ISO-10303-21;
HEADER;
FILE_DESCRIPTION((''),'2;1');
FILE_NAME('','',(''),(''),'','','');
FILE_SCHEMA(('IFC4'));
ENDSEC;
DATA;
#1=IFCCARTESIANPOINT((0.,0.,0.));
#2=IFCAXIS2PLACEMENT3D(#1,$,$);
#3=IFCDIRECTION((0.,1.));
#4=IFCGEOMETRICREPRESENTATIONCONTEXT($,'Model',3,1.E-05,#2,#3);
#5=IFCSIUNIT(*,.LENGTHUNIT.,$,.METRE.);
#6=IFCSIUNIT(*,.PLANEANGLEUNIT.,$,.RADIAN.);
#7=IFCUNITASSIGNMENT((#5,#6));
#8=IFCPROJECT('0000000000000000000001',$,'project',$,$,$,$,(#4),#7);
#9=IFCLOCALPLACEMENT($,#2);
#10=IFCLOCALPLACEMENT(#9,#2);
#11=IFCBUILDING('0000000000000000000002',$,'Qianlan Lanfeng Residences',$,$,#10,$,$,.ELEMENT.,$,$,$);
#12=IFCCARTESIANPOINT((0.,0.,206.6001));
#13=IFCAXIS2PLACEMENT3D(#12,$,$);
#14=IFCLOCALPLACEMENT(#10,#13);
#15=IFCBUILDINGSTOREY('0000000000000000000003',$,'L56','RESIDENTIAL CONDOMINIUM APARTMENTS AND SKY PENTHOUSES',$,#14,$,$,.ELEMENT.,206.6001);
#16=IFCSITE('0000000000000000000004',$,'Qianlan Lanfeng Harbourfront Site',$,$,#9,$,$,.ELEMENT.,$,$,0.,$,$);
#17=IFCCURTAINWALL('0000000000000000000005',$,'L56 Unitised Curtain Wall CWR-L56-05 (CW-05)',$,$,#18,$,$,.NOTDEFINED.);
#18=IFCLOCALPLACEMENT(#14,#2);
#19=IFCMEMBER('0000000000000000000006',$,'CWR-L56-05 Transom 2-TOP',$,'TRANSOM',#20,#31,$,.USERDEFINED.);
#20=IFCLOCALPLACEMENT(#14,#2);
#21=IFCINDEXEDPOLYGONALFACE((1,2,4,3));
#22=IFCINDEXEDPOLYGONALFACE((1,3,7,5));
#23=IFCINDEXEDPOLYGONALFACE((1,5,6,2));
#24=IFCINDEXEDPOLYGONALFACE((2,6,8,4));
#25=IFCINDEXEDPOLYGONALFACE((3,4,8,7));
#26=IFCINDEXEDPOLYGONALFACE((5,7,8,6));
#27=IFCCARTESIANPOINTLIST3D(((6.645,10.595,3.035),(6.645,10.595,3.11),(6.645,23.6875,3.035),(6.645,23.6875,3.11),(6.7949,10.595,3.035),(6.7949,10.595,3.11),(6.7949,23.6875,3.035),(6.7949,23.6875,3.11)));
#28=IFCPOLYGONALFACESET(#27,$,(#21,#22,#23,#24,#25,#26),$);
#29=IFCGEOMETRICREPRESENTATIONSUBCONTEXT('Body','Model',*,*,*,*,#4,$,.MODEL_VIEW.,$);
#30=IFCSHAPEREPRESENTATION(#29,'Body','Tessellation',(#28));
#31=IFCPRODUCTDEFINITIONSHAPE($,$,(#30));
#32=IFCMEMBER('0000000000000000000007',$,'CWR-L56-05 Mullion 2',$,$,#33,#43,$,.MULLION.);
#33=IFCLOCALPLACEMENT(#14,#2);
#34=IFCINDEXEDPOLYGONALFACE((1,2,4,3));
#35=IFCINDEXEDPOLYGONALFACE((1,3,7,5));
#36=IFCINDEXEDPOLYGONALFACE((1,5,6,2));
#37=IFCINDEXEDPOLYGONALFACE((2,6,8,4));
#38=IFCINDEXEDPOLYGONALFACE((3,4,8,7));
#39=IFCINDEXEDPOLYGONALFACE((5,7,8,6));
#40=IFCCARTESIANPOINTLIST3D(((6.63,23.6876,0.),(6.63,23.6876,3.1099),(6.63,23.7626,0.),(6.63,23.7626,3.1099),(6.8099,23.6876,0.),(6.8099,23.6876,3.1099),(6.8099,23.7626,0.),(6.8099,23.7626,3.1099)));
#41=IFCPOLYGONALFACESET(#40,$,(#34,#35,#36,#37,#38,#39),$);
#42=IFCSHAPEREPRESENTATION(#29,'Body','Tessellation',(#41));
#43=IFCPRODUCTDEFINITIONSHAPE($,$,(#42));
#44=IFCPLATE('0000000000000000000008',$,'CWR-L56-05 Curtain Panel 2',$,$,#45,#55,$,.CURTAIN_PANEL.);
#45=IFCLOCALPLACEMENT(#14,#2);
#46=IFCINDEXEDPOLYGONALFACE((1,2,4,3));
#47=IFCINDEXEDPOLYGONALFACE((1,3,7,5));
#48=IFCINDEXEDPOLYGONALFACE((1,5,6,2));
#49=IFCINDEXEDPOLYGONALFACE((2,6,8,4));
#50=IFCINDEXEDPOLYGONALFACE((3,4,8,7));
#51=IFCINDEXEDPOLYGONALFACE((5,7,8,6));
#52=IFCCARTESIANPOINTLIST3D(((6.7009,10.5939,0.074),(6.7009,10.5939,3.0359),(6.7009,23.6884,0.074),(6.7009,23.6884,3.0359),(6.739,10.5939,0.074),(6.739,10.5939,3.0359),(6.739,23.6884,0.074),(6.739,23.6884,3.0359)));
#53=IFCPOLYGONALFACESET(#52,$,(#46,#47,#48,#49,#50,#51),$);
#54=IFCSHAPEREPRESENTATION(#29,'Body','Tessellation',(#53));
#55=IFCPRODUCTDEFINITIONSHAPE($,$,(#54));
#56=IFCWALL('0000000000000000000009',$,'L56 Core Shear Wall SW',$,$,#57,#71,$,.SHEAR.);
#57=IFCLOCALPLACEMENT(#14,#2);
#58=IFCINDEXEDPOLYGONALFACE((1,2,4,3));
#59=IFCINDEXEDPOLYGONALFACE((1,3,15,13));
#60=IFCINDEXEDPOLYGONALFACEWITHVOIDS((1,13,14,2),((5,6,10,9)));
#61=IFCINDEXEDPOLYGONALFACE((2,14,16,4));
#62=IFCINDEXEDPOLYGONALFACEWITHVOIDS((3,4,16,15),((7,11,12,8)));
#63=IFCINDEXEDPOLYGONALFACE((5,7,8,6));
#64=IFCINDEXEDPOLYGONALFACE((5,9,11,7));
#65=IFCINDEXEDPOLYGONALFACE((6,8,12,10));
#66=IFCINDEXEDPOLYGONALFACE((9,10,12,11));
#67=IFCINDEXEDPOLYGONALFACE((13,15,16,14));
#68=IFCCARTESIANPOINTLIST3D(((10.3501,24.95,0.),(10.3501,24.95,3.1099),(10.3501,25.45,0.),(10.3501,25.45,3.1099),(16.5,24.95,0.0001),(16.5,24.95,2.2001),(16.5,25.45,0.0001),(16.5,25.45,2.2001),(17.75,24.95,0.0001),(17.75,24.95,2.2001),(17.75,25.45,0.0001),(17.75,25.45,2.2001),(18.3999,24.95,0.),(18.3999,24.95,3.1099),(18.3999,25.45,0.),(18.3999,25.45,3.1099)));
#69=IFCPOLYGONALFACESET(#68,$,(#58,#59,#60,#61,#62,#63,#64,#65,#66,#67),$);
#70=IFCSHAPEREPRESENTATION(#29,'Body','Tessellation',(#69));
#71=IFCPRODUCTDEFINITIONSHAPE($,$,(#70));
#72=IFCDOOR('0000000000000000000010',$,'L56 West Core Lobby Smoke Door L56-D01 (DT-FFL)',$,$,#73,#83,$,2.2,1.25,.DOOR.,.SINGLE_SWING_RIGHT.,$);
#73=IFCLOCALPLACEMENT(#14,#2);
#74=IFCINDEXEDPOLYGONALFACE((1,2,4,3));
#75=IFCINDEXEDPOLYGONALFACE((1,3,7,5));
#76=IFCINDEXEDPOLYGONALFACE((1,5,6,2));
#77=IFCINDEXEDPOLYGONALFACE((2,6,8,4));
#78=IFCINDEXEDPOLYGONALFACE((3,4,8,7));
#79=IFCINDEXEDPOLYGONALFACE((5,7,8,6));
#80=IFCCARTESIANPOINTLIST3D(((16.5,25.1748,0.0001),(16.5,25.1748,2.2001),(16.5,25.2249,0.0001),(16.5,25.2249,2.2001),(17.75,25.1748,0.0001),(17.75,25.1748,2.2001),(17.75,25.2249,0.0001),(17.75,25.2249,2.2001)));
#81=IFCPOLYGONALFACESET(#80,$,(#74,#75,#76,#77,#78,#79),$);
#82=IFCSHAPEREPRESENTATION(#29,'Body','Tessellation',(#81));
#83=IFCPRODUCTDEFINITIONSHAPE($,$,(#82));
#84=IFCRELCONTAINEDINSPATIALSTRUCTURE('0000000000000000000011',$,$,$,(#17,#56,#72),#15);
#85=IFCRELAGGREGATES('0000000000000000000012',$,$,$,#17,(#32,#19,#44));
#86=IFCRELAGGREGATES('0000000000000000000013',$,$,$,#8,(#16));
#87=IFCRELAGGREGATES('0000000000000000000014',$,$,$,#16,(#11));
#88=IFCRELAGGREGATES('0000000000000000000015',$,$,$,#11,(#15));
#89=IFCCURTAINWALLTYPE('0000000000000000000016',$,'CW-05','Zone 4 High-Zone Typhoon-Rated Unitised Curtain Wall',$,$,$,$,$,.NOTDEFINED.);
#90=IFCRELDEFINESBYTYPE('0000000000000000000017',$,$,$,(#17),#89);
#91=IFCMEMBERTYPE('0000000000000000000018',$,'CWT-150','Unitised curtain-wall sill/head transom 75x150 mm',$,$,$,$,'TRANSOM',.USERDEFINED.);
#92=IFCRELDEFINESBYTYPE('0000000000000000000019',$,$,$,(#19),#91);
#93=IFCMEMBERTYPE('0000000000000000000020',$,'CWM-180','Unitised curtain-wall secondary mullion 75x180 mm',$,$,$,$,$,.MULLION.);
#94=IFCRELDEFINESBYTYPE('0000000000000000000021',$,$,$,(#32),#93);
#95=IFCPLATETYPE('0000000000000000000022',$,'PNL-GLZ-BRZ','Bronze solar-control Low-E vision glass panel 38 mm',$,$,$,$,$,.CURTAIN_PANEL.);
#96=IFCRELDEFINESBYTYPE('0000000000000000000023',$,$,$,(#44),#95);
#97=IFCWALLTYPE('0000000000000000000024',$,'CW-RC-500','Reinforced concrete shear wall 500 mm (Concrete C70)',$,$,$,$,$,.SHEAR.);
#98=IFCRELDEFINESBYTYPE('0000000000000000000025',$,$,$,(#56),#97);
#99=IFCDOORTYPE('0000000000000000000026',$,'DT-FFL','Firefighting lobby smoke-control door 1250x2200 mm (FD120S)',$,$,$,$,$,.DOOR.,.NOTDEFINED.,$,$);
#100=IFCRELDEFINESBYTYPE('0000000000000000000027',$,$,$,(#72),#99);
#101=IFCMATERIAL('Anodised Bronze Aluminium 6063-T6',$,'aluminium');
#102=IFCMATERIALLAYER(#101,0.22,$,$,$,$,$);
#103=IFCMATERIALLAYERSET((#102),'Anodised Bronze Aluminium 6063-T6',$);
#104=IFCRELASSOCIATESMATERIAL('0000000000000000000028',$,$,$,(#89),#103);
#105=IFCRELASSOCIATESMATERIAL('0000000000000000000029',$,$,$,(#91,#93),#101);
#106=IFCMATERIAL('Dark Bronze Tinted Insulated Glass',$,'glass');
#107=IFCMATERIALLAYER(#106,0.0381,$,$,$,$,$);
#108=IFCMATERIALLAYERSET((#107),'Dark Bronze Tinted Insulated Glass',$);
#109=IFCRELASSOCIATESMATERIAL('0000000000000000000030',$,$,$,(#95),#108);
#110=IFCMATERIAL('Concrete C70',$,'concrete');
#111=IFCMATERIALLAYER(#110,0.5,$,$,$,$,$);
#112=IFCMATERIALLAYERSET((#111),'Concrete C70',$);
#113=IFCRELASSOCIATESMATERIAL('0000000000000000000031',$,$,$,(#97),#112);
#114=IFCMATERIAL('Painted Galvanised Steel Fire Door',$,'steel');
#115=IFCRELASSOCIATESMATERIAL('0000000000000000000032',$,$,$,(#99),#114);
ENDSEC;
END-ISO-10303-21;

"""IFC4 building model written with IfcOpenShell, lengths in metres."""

from ifc_helpers import new_model, si_unit, direction, frame, frame_2d, origin, origin_2d, place, context, subcontext, project, spatial, rectangle, extrude, source, transform, mapped, material, layer, layer_set, material_profile, profile_set, type_object, element, fill, aggregate, save


model = new_model("IFC4")

# Units and contexts
model_context = context("Model", 3, precision=1e-05, world=origin(), true_north=direction((0.0, 1.0)))
body_context = subcontext(model_context, "Body", "Model", "MODEL_VIEW")
ifc_project = project(units=[si_unit("LENGTHUNIT", "METRE"), si_unit("PLANEANGLEUNIT", "RADIAN")], contexts=[model_context])

# Site, building, storey
site_placement = place(None, origin())
site = spatial("IfcSite", under=ifc_project, at=site_placement, Name="Qianlan Lanfeng Harbourfront Site", CompositionType="ELEMENT", RefElevation=0.0)
building_placement = place(site_placement, origin())
building = spatial("IfcBuilding", under=site, at=building_placement, Name="Qianlan Lanfeng Residences", CompositionType="ELEMENT")
storey_placement = place(building_placement, frame((0.0, 0.0, 206.6001)))
storey = spatial("IfcBuildingStorey", under=building, at=storey_placement, Name="L56", Description="RESIDENTIAL CONDOMINIUM APARTMENTS AND SKY PENTHOUSES", CompositionType="ELEMENT", Elevation=206.6001)

# Curtain wall, members, plate
ifc_material_1 = material(Name="Anodised Bronze Aluminium 6063-T6", Category="aluminium")
ifc_layer_1 = layer(ifc_material_1, 0.22)
ifc_layer_set_1 = layer_set([ifc_layer_1], Name="Anodised Bronze Aluminium 6063-T6")
curtain_wall_type = type_object("IfcCurtainWallType", Name="CW-05", Description="Zone 4 High-Zone Typhoon-Rated Unitised Curtain Wall", PredefinedType="NOTDEFINED", material=ifc_layer_set_1)
curtain_wall_placement = place(storey_placement, origin())
curtain_wall = element("IfcCurtainWall", 1, at=curtain_wall_placement, inside=storey, type_object=curtain_wall_type, Name="L56 Unitised Curtain Wall CWR-L56-05 (CW-05)", PredefinedType="NOTDEFINED")
ifc_material_profile_1 = material_profile(ifc_material_1, rectangle(XDim=0.075, YDim=0.1499, at=origin_2d()), Name="ALU TRANSOM 75x150")
ifc_profile_set_1 = profile_set([ifc_material_profile_1], Name="Anodised Bronze Aluminium 6063-T6")
member_type_1 = type_object("IfcMemberType", Name="CWT-150", Description="Unitised curtain-wall sill/head transom 75x150 mm", ElementType="TRANSOM", PredefinedType="USERDEFINED", material=ifc_profile_set_1)
shared_shape_1 = source(origin(), body_context, "Body", "SweptSolid", [
    extrude(rectangle(XDim=0.075, YDim=0.1499, at=origin_2d()), origin(), (0.0, 0.0, 1.0), 13.0925),
])
member_1_placement = place(storey_placement, frame((6.72, 23.6875, 3.0725), z_axis=(0.0, -1.0, 0.0), x_axis=(0.0, 0.0, 1.0)))
member_1 = element("IfcMember", 2, at=member_1_placement, type_object=member_type_1, Name="CWR-L56-05 Transom 2-TOP", ObjectType="TRANSOM", PredefinedType="USERDEFINED", context=body_context, shape_type="MappedRepresentation", body=[
    mapped(shared_shape_1, transform((0.0, 0.0, 0.0), scale=1.0)),
])
ifc_material_profile_2 = material_profile(ifc_material_1, rectangle(XDim=0.075, YDim=0.1799, at=origin_2d()), Name="ALU MULLION 75x180")
ifc_profile_set_2 = profile_set([ifc_material_profile_2], Name="Anodised Bronze Aluminium 6063-T6")
member_type_2 = type_object("IfcMemberType", Name="CWM-180", Description="Unitised curtain-wall secondary mullion 75x180 mm", PredefinedType="MULLION", material=ifc_profile_set_2)
shared_shape_2 = source(origin(), body_context, "Body", "SweptSolid", [
    extrude(rectangle(XDim=0.075, YDim=0.1799, at=origin_2d()), origin(), (0.0, 0.0, 1.0), 3.1099),
])
member_2_placement = place(storey_placement, frame((6.72, 23.7251, 0.0), z_axis=(0.0, 0.0, 1.0), x_axis=(0.0, -1.0, 0.0)))
member_2 = element("IfcMember", 3, at=member_2_placement, type_object=member_type_2, Name="CWR-L56-05 Mullion 2", PredefinedType="MULLION", context=body_context, shape_type="MappedRepresentation", body=[
    mapped(shared_shape_2, transform((0.0, 0.0, 0.0), scale=1.0)),
])
ifc_material_2 = material(Name="Dark Bronze Tinted Insulated Glass", Category="glass")
ifc_layer_2 = layer(ifc_material_2, 0.0381)
ifc_layer_set_2 = layer_set([ifc_layer_2], Name="Dark Bronze Tinted Insulated Glass")
plate_type = type_object("IfcPlateType", Name="PNL-GLZ-BRZ", Description="Bronze solar-control Low-E vision glass panel 38 mm", PredefinedType="CURTAIN_PANEL", material=ifc_layer_set_2)
shared_shape_3 = source(origin(), body_context, "Body", "SweptSolid", [
    extrude(rectangle(XDim=13.0945, YDim=0.0381, at=origin_2d()), origin(), (0.0, 0.0, 1.0), 2.9619),
])
plate_placement = place(storey_placement, frame((6.72, 17.1411, 0.074), z_axis=(0.0, 0.0, 1.0), x_axis=(0.0, -1.0, 0.0)))
plate = element("IfcPlate", 4, at=plate_placement, type_object=plate_type, Name="CWR-L56-05 Curtain Panel 2", PredefinedType="CURTAIN_PANEL", context=body_context, shape_type="MappedRepresentation", body=[
    mapped(shared_shape_3, transform((0.0, 0.0, 0.0), scale=1.0)),
])
aggregate(curtain_wall, [member_2, member_1, plate])

# Wall, opening, door
ifc_material_3 = material(Name="Concrete C70", Category="concrete")
ifc_layer_3 = layer(ifc_material_3, 0.5)
ifc_layer_set_3 = layer_set([ifc_layer_3], Name="Concrete C70")
wall_type_1 = type_object("IfcWallType", Name="CW-RC-500", Description="Reinforced concrete shear wall 500 mm (Concrete C70)", PredefinedType="SHEAR", material=ifc_layer_set_3)
wall_1_placement = place(storey_placement, frame((10.3501, 25.2, 0.0), z_axis=(0.0, 0.0, 1.0), x_axis=(1.0, 0.0, 0.0)))
wall_1 = element("IfcWall", 5, at=wall_1_placement, inside=storey, type_object=wall_type_1, Name="L56 Core Shear Wall SW", PredefinedType="SHEAR", context=body_context, shape_type="SweptSolid", body=[
    extrude(rectangle(XDim=8.0498, YDim=0.5, at=frame_2d((4.0249, 0.0))), origin(), (0.0, 0.0, 1.0), 3.1099),
])
opening_1_placement = place(wall_1_placement, frame((6.1499, 0.0, 0.0)))
opening_1 = element("IfcOpeningElement", 6, at=opening_1_placement, cuts=wall_1, PredefinedType="OPENING", context=body_context, shape_type="SweptSolid", body=[
    extrude(rectangle(XDim=1.25, YDim=2.2, at=frame_2d((0.625, 1.1001))), frame((0.0, 0.26, 0.0), z_axis=(0.0, -1.0, 0.0), x_axis=(1.0, 0.0, 0.0)), (0.0, 0.0, 1.0), 0.52),
])
ifc_material_4 = material(Name="Painted Galvanised Steel Fire Door", Category="steel")
door_type_1 = type_object("IfcDoorType", Name="DT-FFL", Description="Firefighting lobby smoke-control door 1250x2200 mm (FD120S)", OperationType="NOTDEFINED", PredefinedType="DOOR", material=ifc_material_4)
door_1_placement = place(opening_1_placement, origin())
door_1 = element("IfcDoor", 7, at=door_1_placement, inside=storey, type_object=door_type_1, Name="L56 West Core Lobby Smoke Door L56-D01 (DT-FFL)", OperationType="SINGLE_SWING_RIGHT", OverallHeight=2.2, OverallWidth=1.25, PredefinedType="DOOR", context=body_context, shape_type="SweptSolid", body=[
    extrude(rectangle(XDim=1.25, YDim=2.2, at=frame_2d((0.625, 1.1001))), frame((0.0, 0.0249, 0.0), z_axis=(0.0, -1.0, 0.0), x_axis=(1.0, 0.0, 0.0)), (0.0, 0.0, 1.0), 0.05),
])
fill(opening_1, door_1)

save(model, "model.ifc")
